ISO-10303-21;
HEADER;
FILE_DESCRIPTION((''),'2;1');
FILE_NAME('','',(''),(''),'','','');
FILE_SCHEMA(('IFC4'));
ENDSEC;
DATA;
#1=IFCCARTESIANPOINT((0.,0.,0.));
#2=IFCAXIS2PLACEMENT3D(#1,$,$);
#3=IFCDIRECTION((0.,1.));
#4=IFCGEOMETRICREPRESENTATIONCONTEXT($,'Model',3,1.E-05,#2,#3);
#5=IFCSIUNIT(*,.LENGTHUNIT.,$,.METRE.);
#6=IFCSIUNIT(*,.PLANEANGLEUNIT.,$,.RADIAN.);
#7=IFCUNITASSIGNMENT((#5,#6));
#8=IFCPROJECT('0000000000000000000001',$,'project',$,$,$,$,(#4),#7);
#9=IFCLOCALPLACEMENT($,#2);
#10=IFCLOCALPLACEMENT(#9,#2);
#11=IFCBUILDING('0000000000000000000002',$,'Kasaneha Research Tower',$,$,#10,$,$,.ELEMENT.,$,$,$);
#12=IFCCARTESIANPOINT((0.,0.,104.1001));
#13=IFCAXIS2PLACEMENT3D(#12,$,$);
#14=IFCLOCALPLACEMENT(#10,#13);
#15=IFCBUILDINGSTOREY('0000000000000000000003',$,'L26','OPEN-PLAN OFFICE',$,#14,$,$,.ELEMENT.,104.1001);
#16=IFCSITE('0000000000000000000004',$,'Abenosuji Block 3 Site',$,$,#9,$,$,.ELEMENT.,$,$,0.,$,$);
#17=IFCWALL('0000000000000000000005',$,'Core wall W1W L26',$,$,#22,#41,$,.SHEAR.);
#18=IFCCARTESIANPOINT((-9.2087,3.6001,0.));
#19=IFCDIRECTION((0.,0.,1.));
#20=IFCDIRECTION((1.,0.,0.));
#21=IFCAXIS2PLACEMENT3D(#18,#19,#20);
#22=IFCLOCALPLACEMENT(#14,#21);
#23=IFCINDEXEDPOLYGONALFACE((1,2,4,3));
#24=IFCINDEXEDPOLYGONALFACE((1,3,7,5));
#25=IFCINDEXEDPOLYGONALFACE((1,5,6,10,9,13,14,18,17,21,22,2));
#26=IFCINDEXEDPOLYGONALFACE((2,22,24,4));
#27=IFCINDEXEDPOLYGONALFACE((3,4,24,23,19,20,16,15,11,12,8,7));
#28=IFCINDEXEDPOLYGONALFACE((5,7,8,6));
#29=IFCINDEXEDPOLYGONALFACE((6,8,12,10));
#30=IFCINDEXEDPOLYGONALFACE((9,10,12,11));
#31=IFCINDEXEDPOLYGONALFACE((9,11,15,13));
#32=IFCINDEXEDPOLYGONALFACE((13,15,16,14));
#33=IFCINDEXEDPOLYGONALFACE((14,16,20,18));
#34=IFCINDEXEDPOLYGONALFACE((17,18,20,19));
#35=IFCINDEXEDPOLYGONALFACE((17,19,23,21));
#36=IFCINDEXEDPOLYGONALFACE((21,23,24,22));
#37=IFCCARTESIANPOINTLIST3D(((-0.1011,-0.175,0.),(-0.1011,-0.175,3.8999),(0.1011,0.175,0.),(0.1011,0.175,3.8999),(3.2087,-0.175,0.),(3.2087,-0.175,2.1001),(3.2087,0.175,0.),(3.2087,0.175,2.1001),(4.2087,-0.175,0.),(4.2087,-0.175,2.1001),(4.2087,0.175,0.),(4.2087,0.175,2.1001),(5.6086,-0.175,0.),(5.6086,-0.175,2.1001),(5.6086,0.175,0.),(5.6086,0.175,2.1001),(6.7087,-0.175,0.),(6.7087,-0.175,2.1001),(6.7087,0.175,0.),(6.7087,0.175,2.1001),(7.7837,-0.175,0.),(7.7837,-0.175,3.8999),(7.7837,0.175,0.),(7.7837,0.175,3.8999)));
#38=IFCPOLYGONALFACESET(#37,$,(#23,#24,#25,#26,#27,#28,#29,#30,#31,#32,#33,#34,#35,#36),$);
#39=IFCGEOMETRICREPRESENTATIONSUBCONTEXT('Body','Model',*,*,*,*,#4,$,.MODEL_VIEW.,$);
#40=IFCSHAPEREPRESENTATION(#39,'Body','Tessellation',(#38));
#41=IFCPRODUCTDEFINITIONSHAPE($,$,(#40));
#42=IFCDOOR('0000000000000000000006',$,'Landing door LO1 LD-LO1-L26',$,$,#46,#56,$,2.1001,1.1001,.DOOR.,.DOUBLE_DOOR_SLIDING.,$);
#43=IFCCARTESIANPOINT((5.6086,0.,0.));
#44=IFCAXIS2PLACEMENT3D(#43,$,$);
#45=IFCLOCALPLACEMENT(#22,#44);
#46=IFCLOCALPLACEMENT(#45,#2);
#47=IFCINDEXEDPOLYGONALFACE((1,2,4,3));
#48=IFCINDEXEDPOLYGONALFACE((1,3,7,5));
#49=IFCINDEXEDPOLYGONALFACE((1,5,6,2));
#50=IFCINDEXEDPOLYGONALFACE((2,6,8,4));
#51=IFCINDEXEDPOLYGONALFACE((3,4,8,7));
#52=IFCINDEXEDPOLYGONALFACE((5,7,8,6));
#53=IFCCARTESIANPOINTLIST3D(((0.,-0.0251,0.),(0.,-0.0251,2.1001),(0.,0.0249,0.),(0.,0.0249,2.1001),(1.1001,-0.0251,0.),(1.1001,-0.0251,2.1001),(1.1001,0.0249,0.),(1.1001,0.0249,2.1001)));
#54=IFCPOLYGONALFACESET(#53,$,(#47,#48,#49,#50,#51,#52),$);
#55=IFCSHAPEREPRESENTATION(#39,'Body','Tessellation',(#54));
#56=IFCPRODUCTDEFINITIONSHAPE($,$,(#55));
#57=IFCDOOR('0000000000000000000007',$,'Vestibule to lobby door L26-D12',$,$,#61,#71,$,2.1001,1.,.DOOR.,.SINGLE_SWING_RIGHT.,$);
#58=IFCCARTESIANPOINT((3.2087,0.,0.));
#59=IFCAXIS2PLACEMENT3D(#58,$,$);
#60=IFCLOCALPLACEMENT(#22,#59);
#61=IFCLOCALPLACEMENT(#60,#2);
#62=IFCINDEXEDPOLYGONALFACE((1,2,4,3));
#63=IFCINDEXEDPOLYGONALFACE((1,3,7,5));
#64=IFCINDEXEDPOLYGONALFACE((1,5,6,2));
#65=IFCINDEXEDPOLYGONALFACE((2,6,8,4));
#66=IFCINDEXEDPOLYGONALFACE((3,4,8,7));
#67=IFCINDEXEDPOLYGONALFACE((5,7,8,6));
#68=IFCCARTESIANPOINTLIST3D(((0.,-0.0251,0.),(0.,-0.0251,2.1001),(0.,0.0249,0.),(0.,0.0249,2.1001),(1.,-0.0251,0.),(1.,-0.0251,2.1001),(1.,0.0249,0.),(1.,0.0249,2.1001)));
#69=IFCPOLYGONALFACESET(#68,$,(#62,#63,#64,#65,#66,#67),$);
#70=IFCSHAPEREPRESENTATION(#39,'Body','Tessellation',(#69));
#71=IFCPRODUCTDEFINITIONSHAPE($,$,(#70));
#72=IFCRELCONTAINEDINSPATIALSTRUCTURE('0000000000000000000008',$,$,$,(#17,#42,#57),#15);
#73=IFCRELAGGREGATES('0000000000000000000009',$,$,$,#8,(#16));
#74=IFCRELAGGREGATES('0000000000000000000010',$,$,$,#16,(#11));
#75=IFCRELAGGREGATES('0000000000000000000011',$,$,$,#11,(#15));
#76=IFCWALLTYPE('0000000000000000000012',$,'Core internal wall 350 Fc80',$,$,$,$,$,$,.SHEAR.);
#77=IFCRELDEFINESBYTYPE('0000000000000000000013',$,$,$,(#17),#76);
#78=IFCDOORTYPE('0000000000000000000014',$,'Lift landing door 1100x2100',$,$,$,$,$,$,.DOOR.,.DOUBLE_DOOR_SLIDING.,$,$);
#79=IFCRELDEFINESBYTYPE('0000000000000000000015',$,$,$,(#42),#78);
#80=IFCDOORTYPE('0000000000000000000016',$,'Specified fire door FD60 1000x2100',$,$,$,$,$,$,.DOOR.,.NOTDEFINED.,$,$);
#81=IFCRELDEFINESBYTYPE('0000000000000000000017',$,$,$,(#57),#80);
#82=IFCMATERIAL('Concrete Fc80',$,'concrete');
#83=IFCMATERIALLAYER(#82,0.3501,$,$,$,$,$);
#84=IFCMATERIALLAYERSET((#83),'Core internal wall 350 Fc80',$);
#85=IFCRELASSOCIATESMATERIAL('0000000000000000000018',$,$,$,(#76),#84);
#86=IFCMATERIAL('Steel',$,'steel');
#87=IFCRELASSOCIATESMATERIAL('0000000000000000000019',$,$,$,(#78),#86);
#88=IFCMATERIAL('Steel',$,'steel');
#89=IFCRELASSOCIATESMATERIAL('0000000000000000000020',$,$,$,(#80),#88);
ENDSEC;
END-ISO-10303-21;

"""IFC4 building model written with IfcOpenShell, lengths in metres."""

from ifc_helpers import new_model, si_unit, direction, frame, frame_2d, origin, place, context, subcontext, project, spatial, polyline, rectangle, outline, extrude, material, layer, layer_set, type_object, element, fill, save


model = new_model("IFC4")

# Units and contexts
model_context = context("Model", 3, precision=1e-05, world=origin(), true_north=direction((0.0, 1.0)))
body_context = subcontext(model_context, "Body", "Model", "MODEL_VIEW")
ifc_project = project(units=[si_unit("LENGTHUNIT", "METRE"), si_unit("PLANEANGLEUNIT", "RADIAN")], contexts=[model_context])

# Site, building, storey
site_placement = place(None, origin())
site = spatial("IfcSite", under=ifc_project, at=site_placement, Name="Abenosuji Block 3 Site", CompositionType="ELEMENT", RefElevation=0.0)
building_placement = place(site_placement, origin())
building = spatial("IfcBuilding", under=site, at=building_placement, Name="Kasaneha Research Tower", CompositionType="ELEMENT")
storey_placement = place(building_placement, frame((0.0, 0.0, 104.1001)))
storey = spatial("IfcBuildingStorey", under=building, at=storey_placement, Name="L26", Description="OPEN-PLAN OFFICE", CompositionType="ELEMENT", Elevation=104.1001)

# Wall, openings, doors
ifc_material_1 = material(Name="Concrete Fc80", Category="concrete")
ifc_layer_1 = layer(ifc_material_1, 0.3501)
ifc_layer_set_1 = layer_set([ifc_layer_1], Name="Core internal wall 350 Fc80")
wall_type_1 = type_object("IfcWallType", Name="Core internal wall 350 Fc80", PredefinedType="SHEAR", material=ifc_layer_set_1)
wall_1_placement = place(storey_placement, frame((-9.2087, 3.6001, 0.0), z_axis=(0.0, 0.0, 1.0), x_axis=(1.0, 0.0, 0.0)))
wall_1 = element("IfcWall", 1, at=wall_1_placement, inside=storey, type_object=wall_type_1, Name="Core wall W1W L26", PredefinedType="SHEAR", context=body_context, shape_type="SweptSolid", body=[
    extrude(outline(polyline([(-0.1011, -0.175), (3.2087, -0.175), (4.2087, -0.175), (5.6086, -0.175), (6.7087, -0.175), (7.7837, -0.175), (7.7837, 0.175), (6.7087, 0.175), (5.6086, 0.175), (4.2087, 0.175), (3.2087, 0.175), (0.1011, 0.175), (-0.1011, -0.175)])), origin(), (0.0, 0.0, 1.0), 3.8999),
])
opening_1_placement = place(wall_1_placement, frame((3.2087, 0.0, 0.0)))
opening_1 = element("IfcOpeningElement", 2, at=opening_1_placement, cuts=wall_1, PredefinedType="OPENING", context=body_context, shape_type="SweptSolid", body=[
    extrude(rectangle(XDim=1.0, YDim=2.1001, at=frame_2d((0.5, 1.05))), frame((0.0, 0.1851, 0.0), z_axis=(0.0, -1.0, 0.0), x_axis=(1.0, 0.0, 0.0)), (0.0, 0.0, 1.0), 0.3701),
])
opening_2_placement = place(wall_1_placement, frame((5.6086, 0.0, 0.0)))
opening_2 = element("IfcOpeningElement", 3, at=opening_2_placement, cuts=wall_1, PredefinedType="OPENING", context=body_context, shape_type="SweptSolid", body=[
    extrude(rectangle(XDim=1.1001, YDim=2.1001, at=frame_2d((0.55, 1.05))), frame((0.0, 0.1851, 0.0), z_axis=(0.0, -1.0, 0.0), x_axis=(1.0, 0.0, 0.0)), (0.0, 0.0, 1.0), 0.3701),
])
ifc_material_2 = material(Name="Steel", Category="steel")
door_type_1 = type_object("IfcDoorType", Name="Lift landing door 1100x2100", OperationType="DOUBLE_DOOR_SLIDING", PredefinedType="DOOR", material=ifc_material_2)
door_1_placement = place(opening_2_placement, origin())
door_1 = element("IfcDoor", 4, at=door_1_placement, inside=storey, type_object=door_type_1, Name="Landing door LO1 LD-LO1-L26", OperationType="DOUBLE_DOOR_SLIDING", OverallHeight=2.1001, OverallWidth=1.1001, PredefinedType="DOOR", context=body_context, shape_type="SweptSolid", body=[
    extrude(rectangle(XDim=1.1001, YDim=2.1001, at=frame_2d((0.55, 1.05))), frame((0.0, 0.0249, 0.0), z_axis=(0.0, -1.0, 0.0), x_axis=(1.0, 0.0, 0.0)), (0.0, 0.0, 1.0), 0.05),
])
fill(opening_2, door_1)
ifc_material_3 = material(Name="Steel", Category="steel")
door_type_2 = type_object("IfcDoorType", Name="Specified fire door FD60 1000x2100", OperationType="NOTDEFINED", PredefinedType="DOOR", material=ifc_material_3)
door_2_placement = place(opening_1_placement, origin())
door_2 = element("IfcDoor", 5, at=door_2_placement, inside=storey, type_object=door_type_2, Name="Vestibule to lobby door L26-D12", OperationType="SINGLE_SWING_RIGHT", OverallHeight=2.1001, OverallWidth=1.0, PredefinedType="DOOR", context=body_context, shape_type="SweptSolid", body=[
    extrude(rectangle(XDim=1.0, YDim=2.1001, at=frame_2d((0.5, 1.05))), frame((0.0, 0.0249, 0.0), z_axis=(0.0, -1.0, 0.0), x_axis=(1.0, 0.0, 0.0)), (0.0, 0.0, 1.0), 0.05),
])
fill(opening_1, door_2)

save(model, "model.ifc")
